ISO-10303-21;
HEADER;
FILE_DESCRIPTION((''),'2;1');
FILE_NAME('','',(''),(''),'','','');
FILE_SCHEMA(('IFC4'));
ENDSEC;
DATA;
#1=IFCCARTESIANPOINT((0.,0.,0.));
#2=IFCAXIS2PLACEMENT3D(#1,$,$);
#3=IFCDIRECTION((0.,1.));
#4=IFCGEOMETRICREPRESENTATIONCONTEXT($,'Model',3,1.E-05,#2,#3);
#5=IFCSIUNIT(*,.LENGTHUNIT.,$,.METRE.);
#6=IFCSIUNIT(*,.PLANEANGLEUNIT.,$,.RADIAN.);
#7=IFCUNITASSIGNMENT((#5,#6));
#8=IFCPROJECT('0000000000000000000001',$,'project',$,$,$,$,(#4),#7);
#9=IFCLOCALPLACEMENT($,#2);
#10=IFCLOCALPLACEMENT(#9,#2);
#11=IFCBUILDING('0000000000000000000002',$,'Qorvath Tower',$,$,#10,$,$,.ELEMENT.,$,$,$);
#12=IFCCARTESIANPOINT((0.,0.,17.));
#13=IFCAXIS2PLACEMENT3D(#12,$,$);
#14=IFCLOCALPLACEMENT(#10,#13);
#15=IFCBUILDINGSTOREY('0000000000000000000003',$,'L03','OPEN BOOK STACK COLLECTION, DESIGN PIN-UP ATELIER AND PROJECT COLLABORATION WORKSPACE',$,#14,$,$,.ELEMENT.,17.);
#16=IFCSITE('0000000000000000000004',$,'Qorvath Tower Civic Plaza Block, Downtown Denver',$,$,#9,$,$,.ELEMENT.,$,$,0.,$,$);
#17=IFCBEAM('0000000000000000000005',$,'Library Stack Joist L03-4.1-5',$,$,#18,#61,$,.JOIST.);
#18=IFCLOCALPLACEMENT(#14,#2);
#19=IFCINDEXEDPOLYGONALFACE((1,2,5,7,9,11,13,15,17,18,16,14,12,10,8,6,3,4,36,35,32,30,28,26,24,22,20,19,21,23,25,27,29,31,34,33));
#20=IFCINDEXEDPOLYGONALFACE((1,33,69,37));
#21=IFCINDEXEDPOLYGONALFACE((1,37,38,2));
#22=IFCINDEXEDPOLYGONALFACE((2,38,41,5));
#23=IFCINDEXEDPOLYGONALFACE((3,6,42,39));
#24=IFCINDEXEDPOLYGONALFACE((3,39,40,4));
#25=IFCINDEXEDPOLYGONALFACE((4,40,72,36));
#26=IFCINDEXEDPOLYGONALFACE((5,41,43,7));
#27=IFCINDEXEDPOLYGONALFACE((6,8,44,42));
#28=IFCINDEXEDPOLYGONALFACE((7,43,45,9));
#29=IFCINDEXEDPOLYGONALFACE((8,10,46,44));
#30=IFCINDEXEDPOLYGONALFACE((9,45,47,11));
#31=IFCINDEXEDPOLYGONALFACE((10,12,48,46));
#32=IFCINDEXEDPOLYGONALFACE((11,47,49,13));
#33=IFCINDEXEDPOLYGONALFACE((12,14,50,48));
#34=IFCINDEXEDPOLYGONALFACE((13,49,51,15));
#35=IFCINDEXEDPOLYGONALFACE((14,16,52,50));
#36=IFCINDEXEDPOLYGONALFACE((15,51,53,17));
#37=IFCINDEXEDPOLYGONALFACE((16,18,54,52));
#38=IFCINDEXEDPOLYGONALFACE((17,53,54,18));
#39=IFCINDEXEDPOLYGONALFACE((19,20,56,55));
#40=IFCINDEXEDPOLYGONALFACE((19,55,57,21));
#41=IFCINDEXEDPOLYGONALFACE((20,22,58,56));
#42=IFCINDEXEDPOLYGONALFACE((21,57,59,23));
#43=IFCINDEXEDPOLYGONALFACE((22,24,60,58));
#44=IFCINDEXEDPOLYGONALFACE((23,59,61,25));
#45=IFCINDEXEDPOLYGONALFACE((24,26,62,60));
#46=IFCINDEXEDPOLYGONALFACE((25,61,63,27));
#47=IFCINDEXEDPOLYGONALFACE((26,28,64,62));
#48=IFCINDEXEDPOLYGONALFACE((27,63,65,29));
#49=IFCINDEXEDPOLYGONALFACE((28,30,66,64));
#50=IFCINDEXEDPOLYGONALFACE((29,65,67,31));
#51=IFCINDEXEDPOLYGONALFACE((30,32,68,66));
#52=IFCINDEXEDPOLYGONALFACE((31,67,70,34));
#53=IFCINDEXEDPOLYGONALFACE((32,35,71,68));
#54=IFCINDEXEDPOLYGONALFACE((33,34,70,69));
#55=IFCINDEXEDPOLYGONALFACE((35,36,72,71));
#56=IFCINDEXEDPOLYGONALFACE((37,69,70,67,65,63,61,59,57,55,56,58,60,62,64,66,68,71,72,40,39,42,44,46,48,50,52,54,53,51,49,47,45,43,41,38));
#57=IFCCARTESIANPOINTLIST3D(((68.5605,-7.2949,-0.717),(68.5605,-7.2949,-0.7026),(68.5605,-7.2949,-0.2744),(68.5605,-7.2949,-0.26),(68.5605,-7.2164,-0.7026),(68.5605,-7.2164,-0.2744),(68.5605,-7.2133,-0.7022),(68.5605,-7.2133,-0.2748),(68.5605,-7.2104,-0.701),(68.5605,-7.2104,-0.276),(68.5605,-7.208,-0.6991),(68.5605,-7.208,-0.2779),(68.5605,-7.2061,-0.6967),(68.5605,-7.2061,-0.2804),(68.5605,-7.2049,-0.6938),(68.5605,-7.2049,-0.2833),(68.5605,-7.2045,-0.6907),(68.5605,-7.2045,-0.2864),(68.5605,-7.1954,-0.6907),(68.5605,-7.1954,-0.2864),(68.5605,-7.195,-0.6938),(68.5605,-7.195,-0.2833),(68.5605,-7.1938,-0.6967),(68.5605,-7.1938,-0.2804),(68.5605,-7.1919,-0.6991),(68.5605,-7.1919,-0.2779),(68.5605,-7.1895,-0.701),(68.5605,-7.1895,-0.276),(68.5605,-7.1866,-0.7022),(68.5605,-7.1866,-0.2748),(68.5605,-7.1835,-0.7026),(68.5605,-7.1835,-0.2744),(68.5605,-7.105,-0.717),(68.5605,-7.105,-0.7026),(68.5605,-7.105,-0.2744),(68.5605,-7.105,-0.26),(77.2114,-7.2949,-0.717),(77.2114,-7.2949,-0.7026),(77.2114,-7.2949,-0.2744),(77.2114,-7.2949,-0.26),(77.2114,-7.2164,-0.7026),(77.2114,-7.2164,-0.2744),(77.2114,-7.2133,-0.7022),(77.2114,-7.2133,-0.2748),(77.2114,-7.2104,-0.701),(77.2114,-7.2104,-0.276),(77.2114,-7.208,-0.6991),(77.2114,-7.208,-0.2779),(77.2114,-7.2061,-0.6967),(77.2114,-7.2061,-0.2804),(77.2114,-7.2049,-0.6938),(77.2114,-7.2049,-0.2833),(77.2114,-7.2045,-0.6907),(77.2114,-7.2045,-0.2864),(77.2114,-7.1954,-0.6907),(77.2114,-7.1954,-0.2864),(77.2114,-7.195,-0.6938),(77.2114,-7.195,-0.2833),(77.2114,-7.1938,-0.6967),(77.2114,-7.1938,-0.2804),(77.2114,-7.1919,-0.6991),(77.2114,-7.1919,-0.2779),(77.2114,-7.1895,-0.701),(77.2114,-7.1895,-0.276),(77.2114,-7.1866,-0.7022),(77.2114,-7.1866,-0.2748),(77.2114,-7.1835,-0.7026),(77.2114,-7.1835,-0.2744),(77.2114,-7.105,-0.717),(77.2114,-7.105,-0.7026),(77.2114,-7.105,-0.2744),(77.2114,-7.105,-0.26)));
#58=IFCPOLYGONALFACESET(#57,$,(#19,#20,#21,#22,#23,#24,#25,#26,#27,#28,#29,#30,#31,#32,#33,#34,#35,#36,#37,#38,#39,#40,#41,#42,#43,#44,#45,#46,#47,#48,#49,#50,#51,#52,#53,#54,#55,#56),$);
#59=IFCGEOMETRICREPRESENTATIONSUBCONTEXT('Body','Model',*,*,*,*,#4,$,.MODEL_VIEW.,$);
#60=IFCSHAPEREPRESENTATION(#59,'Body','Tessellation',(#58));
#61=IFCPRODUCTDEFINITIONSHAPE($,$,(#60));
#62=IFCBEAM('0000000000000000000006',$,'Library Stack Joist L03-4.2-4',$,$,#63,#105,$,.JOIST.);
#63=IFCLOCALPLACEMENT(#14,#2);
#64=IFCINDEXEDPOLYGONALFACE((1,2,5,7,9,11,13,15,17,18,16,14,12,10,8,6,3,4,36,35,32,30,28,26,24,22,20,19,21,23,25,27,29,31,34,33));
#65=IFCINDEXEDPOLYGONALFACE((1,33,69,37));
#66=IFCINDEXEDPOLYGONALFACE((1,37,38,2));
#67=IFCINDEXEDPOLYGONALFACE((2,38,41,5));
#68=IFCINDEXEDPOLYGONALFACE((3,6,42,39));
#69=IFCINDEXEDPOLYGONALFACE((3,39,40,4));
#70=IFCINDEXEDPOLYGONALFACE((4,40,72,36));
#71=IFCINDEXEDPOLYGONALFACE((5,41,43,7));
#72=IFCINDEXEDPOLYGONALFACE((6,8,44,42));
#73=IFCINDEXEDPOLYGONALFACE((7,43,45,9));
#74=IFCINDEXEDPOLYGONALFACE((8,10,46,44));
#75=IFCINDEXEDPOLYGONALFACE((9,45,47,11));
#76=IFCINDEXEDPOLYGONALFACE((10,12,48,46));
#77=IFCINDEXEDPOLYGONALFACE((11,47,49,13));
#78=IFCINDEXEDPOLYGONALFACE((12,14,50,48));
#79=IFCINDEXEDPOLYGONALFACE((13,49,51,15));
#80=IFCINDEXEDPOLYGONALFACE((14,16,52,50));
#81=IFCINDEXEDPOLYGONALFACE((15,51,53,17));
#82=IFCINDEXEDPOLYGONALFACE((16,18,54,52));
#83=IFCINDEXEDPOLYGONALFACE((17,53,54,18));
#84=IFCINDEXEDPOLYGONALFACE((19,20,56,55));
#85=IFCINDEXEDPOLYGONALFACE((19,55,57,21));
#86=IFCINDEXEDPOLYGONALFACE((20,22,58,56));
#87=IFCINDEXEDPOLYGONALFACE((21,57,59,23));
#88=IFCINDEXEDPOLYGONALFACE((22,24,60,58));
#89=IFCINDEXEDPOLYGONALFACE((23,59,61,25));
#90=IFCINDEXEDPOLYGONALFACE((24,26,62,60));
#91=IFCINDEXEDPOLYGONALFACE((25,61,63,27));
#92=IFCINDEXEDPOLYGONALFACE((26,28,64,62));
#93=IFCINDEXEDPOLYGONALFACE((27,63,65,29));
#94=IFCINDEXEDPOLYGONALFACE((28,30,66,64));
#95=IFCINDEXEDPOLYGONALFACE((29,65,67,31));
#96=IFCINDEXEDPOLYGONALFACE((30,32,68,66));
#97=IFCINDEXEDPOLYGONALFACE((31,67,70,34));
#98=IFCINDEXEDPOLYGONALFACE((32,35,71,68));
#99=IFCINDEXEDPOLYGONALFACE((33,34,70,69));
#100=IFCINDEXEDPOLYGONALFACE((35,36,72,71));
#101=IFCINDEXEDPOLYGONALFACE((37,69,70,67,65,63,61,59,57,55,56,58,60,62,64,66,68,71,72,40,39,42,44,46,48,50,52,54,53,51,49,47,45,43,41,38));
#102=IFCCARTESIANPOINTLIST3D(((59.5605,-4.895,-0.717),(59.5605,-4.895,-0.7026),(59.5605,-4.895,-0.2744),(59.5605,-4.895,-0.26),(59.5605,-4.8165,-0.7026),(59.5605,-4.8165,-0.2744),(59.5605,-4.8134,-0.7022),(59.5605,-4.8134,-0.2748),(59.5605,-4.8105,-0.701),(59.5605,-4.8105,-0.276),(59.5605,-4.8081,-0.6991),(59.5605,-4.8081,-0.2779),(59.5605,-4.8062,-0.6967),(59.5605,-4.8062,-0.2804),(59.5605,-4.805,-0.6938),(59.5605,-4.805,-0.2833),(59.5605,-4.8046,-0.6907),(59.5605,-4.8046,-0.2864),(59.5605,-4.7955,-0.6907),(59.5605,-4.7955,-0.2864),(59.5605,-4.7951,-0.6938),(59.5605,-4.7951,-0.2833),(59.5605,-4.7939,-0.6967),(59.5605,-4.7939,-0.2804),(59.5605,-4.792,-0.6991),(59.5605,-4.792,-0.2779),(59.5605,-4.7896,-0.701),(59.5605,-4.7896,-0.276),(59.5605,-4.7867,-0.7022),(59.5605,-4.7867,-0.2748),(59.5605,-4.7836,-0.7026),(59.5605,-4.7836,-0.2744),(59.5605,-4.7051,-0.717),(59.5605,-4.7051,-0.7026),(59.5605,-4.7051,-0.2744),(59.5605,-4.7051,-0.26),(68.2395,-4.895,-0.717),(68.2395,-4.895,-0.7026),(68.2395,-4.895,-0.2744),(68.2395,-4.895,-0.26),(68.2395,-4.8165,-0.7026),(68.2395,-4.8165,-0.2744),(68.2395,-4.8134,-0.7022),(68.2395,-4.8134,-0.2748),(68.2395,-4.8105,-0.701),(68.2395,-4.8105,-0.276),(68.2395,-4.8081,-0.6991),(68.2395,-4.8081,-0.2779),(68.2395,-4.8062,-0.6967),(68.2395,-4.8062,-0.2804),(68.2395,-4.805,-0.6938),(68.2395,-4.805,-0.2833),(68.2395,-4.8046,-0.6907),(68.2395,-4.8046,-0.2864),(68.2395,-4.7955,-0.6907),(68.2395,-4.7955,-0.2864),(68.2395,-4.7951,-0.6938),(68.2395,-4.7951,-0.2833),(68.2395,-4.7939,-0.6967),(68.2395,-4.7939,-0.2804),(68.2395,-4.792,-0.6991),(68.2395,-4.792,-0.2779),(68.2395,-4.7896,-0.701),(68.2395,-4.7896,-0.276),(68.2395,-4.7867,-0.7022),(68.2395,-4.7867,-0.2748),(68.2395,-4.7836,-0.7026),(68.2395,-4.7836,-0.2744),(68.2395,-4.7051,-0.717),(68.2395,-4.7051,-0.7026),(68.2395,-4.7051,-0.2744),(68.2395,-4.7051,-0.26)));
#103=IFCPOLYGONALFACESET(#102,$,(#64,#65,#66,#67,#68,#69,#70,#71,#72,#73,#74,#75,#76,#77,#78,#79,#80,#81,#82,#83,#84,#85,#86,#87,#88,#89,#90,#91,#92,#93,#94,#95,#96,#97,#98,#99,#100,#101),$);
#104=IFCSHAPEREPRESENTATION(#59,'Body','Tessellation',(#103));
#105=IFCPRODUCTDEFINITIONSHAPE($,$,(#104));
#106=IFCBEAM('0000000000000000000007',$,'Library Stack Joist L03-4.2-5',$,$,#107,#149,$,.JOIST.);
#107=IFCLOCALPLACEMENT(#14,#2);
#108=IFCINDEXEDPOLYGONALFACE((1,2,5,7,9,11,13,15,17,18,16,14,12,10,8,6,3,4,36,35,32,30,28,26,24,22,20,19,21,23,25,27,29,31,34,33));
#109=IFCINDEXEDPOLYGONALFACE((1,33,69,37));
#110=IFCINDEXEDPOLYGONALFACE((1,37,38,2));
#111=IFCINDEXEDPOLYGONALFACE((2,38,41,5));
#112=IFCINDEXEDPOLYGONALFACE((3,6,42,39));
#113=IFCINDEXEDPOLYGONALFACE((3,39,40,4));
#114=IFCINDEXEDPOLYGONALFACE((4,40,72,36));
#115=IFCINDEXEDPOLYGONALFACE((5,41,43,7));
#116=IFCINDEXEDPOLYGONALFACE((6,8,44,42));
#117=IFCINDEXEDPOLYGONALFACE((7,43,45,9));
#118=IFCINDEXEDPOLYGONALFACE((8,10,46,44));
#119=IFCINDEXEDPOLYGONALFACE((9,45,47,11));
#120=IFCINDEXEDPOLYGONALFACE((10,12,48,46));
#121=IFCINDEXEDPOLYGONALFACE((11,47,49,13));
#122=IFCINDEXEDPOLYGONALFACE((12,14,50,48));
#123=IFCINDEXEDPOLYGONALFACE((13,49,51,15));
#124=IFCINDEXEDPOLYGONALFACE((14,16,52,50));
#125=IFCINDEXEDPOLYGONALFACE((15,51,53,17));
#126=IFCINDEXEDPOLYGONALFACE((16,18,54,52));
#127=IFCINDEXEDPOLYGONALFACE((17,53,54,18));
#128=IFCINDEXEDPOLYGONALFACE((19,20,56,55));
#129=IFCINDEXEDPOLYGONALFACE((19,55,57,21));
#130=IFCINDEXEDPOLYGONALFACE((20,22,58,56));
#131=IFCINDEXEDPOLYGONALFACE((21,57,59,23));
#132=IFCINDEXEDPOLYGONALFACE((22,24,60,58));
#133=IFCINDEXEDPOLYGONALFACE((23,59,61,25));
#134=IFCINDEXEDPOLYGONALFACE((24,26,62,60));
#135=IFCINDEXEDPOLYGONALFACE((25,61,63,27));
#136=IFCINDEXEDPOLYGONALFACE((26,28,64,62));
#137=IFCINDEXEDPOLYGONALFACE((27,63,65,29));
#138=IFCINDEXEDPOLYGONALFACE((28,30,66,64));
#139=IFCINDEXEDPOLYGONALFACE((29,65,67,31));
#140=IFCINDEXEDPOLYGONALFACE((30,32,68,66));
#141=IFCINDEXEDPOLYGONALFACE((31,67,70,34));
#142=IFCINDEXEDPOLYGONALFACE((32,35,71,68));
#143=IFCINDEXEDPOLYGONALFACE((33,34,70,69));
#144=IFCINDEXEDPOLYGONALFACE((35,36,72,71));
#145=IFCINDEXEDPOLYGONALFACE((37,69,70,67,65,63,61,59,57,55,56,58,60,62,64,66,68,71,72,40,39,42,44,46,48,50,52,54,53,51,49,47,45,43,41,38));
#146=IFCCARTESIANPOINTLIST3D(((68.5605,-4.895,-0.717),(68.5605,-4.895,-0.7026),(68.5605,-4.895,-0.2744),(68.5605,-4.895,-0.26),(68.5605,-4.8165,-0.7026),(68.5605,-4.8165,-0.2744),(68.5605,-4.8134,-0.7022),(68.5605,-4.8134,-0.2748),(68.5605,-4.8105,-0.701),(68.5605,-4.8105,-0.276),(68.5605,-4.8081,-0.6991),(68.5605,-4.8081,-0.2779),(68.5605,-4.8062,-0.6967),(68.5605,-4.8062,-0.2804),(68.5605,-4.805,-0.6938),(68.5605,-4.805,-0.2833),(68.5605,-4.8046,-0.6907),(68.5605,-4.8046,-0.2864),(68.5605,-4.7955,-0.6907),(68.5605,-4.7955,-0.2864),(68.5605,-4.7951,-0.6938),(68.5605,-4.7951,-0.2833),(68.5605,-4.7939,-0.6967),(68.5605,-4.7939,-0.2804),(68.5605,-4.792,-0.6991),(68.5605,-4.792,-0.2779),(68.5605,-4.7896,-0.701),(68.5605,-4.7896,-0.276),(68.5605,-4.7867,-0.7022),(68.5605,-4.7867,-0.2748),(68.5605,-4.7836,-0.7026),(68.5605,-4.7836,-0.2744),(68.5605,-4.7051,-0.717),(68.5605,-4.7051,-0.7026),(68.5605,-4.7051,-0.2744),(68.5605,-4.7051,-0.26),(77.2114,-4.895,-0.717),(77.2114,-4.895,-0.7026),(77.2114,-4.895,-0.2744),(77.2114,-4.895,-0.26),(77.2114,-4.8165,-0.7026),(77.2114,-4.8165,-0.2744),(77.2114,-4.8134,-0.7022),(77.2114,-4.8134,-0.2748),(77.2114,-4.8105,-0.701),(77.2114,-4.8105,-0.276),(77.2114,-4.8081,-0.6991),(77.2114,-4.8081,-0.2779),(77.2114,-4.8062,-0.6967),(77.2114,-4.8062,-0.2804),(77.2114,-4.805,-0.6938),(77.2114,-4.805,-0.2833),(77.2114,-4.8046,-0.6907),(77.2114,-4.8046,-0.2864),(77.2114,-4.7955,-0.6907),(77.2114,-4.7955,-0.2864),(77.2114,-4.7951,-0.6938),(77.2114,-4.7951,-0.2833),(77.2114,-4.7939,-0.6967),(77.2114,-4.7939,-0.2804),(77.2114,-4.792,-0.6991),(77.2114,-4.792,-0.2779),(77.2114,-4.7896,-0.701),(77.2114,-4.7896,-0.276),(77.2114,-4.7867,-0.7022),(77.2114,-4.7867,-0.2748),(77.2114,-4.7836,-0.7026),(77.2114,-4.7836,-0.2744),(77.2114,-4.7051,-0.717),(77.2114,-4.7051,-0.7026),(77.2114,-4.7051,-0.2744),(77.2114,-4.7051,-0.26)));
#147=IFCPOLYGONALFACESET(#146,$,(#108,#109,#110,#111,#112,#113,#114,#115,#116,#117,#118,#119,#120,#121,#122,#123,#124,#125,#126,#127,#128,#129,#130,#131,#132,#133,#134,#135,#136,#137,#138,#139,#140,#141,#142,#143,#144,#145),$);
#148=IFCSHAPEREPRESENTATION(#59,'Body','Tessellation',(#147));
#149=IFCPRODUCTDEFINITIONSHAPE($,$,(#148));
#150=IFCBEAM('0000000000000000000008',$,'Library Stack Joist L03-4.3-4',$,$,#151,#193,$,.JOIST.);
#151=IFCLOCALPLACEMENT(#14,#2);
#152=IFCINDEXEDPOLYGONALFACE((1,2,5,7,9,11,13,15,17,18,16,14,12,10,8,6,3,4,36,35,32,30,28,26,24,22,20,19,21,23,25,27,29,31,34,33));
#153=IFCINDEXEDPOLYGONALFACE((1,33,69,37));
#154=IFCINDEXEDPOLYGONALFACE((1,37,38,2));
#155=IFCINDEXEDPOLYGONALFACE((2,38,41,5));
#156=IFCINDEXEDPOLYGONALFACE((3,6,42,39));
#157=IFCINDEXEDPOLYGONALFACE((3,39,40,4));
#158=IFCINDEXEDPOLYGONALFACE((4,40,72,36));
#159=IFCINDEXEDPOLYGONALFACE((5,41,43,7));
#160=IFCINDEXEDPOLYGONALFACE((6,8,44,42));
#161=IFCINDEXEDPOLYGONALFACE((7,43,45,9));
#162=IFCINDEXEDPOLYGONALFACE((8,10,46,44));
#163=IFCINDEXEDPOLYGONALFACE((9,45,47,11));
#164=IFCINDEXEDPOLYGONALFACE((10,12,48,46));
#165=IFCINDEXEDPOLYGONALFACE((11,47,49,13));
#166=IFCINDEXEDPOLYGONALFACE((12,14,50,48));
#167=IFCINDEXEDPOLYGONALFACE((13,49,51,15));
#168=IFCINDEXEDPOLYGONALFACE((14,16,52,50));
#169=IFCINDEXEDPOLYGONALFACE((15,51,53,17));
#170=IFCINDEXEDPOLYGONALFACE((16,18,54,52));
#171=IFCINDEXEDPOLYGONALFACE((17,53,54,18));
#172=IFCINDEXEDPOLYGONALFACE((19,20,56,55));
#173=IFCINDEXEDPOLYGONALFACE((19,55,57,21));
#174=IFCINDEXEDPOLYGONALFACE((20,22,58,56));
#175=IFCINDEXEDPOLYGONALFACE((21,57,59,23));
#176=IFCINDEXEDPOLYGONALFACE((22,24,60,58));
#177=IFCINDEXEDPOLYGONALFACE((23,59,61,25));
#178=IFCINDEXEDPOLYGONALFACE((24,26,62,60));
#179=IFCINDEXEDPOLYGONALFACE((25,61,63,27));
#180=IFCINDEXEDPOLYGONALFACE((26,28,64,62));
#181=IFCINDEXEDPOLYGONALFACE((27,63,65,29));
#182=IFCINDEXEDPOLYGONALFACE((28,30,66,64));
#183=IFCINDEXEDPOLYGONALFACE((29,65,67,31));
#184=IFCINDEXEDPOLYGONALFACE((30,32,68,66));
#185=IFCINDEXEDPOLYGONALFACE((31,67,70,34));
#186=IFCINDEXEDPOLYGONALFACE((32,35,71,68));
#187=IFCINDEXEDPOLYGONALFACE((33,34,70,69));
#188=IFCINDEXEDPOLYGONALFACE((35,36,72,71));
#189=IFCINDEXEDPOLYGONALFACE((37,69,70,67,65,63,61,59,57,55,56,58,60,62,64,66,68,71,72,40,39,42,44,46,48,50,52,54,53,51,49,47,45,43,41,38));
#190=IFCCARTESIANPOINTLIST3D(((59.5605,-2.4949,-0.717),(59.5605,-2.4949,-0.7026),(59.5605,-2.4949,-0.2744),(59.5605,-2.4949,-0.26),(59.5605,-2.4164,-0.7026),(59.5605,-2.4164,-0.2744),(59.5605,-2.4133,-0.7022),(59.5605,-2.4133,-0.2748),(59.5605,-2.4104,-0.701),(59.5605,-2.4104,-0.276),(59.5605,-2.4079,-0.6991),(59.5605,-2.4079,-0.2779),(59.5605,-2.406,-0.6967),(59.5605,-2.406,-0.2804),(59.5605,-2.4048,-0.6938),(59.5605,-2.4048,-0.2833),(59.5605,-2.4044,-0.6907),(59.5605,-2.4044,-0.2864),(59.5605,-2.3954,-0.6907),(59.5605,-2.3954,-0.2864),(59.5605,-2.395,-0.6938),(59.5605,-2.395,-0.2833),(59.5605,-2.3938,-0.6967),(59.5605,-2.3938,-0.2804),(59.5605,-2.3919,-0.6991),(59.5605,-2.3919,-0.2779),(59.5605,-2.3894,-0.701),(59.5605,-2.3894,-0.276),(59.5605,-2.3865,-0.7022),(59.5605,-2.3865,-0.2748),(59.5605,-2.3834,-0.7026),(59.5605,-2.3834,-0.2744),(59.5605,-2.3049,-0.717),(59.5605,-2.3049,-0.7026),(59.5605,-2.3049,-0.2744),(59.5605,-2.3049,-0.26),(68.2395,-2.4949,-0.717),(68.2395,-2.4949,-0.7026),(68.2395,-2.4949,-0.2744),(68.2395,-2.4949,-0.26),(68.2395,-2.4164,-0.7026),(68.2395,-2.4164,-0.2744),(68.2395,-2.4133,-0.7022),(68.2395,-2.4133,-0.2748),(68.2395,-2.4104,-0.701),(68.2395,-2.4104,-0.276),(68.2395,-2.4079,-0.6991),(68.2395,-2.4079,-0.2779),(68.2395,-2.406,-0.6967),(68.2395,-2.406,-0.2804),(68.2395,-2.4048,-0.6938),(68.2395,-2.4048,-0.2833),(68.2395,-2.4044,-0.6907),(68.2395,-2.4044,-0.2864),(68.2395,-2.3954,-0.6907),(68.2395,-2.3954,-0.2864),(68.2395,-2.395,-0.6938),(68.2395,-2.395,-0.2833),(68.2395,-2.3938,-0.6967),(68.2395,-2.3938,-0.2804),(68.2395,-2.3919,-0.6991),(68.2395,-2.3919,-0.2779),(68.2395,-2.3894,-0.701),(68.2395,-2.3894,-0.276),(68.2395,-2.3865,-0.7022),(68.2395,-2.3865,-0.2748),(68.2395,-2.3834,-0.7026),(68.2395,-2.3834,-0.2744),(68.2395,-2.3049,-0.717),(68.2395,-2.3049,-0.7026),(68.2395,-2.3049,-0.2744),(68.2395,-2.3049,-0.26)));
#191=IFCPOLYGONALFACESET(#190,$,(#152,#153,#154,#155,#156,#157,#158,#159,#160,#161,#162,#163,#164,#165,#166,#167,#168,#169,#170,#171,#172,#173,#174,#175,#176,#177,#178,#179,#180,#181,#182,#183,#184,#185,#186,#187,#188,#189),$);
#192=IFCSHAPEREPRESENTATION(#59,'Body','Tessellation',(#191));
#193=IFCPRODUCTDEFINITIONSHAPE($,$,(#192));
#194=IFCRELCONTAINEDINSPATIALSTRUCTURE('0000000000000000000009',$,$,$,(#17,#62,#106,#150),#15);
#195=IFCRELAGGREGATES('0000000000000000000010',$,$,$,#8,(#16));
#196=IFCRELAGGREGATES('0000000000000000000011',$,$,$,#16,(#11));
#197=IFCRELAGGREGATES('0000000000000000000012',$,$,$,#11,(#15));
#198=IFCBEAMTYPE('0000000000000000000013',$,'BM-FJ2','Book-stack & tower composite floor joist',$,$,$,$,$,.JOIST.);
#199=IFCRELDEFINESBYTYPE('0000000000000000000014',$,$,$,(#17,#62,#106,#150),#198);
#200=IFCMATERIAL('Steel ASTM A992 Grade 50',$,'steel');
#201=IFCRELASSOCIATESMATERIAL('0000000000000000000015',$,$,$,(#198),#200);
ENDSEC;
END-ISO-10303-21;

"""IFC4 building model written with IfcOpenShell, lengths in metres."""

from ifc_helpers import new_model, si_unit, direction, frame, origin, origin_2d, place, context, subcontext, project, spatial, i_section, extrude, material, material_profile, profile_set, type_object, element, save


model = new_model("IFC4")

# Units and contexts
model_context = context("Model", 3, precision=1e-05, world=origin(), true_north=direction((0.0, 1.0)))
body_context = subcontext(model_context, "Body", "Model", "MODEL_VIEW")
ifc_project = project(units=[si_unit("LENGTHUNIT", "METRE"), si_unit("PLANEANGLEUNIT", "RADIAN")], contexts=[model_context])

# Site, building, storey
site_placement = place(None, origin())
site = spatial("IfcSite", under=ifc_project, at=site_placement, Name="Qorvath Tower Civic Plaza Block, Downtown Denver", CompositionType="ELEMENT", RefElevation=0.0)
building_placement = place(site_placement, origin())
building = spatial("IfcBuilding", under=site, at=building_placement, Name="Qorvath Tower", CompositionType="ELEMENT")
storey_placement = place(building_placement, frame((0.0, 0.0, 17.0)))
storey = spatial("IfcBuildingStorey", under=building, at=storey_placement, Name="L03", Description="OPEN BOOK STACK COLLECTION, DESIGN PIN-UP ATELIER AND PROJECT COLLABORATION WORKSPACE", CompositionType="ELEMENT", Elevation=17.0)

# Beams
ifc_material_1 = material(Name="Steel ASTM A992 Grade 50", Category="steel")
ifc_material_profile_1 = material_profile(ifc_material_1, i_section(OverallWidth=0.1899, OverallDepth=0.457, WebThickness=0.009, FlangeThickness=0.0144, FilletRadius=0.012, at=origin_2d()), Name="W18x50")
ifc_profile_set_1 = profile_set([ifc_material_profile_1], Name="Steel ASTM A992 Grade 50")
beam_type_1 = type_object("IfcBeamType", Name="BM-FJ2", Description="Book-stack & tower composite floor joist", PredefinedType="JOIST", material=ifc_profile_set_1)
beam_1_placement = place(storey_placement, frame((68.5605, -7.2, -0.4885), z_axis=(1.0, 0.0, 0.0), x_axis=(0.0, 1.0, 0.0)))
element("IfcBeam", 1, at=beam_1_placement, inside=storey, type_object=beam_type_1, Name="Library Stack Joist L03-4.1-5", PredefinedType="JOIST", context=body_context, shape_type="SweptSolid", body=[
    extrude(i_section(OverallWidth=0.1899, OverallDepth=0.457, WebThickness=0.009, FlangeThickness=0.0144, FilletRadius=0.012, at=origin_2d()), origin(), (0.0, 0.0, 1.0), 8.6509),
])
beam_2_placement = place(storey_placement, frame((59.5605, -4.8, -0.4885), z_axis=(1.0, 0.0, 0.0), x_axis=(0.0, 1.0, 0.0)))
element("IfcBeam", 2, at=beam_2_placement, inside=storey, type_object=beam_type_1, Name="Library Stack Joist L03-4.2-4", PredefinedType="JOIST", context=body_context, shape_type="SweptSolid", body=[
    extrude(i_section(OverallWidth=0.1899, OverallDepth=0.457, WebThickness=0.009, FlangeThickness=0.0144, FilletRadius=0.012, at=origin_2d()), origin(), (0.0, 0.0, 1.0), 8.679),
])
beam_3_placement = place(storey_placement, frame((68.5605, -4.8, -0.4885), z_axis=(1.0, 0.0, 0.0), x_axis=(0.0, 1.0, 0.0)))
element("IfcBeam", 3, at=beam_3_placement, inside=storey, type_object=beam_type_1, Name="Library Stack Joist L03-4.2-5", PredefinedType="JOIST", context=body_context, shape_type="SweptSolid", body=[
    extrude(i_section(OverallWidth=0.1899, OverallDepth=0.457, WebThickness=0.009, FlangeThickness=0.0144, FilletRadius=0.012, at=origin_2d()), origin(), (0.0, 0.0, 1.0), 8.6509),
])
beam_4_placement = place(storey_placement, frame((59.5605, -2.3999, -0.4885), z_axis=(1.0, 0.0, 0.0), x_axis=(0.0, 1.0, 0.0)))
element("IfcBeam", 4, at=beam_4_placement, inside=storey, type_object=beam_type_1, Name="Library Stack Joist L03-4.3-4", PredefinedType="JOIST", context=body_context, shape_type="SweptSolid", body=[
    extrude(i_section(OverallWidth=0.1899, OverallDepth=0.457, WebThickness=0.009, FlangeThickness=0.0144, FilletRadius=0.012, at=origin_2d()), origin(), (0.0, 0.0, 1.0), 8.679),
])

save(model, "model.ifc")
